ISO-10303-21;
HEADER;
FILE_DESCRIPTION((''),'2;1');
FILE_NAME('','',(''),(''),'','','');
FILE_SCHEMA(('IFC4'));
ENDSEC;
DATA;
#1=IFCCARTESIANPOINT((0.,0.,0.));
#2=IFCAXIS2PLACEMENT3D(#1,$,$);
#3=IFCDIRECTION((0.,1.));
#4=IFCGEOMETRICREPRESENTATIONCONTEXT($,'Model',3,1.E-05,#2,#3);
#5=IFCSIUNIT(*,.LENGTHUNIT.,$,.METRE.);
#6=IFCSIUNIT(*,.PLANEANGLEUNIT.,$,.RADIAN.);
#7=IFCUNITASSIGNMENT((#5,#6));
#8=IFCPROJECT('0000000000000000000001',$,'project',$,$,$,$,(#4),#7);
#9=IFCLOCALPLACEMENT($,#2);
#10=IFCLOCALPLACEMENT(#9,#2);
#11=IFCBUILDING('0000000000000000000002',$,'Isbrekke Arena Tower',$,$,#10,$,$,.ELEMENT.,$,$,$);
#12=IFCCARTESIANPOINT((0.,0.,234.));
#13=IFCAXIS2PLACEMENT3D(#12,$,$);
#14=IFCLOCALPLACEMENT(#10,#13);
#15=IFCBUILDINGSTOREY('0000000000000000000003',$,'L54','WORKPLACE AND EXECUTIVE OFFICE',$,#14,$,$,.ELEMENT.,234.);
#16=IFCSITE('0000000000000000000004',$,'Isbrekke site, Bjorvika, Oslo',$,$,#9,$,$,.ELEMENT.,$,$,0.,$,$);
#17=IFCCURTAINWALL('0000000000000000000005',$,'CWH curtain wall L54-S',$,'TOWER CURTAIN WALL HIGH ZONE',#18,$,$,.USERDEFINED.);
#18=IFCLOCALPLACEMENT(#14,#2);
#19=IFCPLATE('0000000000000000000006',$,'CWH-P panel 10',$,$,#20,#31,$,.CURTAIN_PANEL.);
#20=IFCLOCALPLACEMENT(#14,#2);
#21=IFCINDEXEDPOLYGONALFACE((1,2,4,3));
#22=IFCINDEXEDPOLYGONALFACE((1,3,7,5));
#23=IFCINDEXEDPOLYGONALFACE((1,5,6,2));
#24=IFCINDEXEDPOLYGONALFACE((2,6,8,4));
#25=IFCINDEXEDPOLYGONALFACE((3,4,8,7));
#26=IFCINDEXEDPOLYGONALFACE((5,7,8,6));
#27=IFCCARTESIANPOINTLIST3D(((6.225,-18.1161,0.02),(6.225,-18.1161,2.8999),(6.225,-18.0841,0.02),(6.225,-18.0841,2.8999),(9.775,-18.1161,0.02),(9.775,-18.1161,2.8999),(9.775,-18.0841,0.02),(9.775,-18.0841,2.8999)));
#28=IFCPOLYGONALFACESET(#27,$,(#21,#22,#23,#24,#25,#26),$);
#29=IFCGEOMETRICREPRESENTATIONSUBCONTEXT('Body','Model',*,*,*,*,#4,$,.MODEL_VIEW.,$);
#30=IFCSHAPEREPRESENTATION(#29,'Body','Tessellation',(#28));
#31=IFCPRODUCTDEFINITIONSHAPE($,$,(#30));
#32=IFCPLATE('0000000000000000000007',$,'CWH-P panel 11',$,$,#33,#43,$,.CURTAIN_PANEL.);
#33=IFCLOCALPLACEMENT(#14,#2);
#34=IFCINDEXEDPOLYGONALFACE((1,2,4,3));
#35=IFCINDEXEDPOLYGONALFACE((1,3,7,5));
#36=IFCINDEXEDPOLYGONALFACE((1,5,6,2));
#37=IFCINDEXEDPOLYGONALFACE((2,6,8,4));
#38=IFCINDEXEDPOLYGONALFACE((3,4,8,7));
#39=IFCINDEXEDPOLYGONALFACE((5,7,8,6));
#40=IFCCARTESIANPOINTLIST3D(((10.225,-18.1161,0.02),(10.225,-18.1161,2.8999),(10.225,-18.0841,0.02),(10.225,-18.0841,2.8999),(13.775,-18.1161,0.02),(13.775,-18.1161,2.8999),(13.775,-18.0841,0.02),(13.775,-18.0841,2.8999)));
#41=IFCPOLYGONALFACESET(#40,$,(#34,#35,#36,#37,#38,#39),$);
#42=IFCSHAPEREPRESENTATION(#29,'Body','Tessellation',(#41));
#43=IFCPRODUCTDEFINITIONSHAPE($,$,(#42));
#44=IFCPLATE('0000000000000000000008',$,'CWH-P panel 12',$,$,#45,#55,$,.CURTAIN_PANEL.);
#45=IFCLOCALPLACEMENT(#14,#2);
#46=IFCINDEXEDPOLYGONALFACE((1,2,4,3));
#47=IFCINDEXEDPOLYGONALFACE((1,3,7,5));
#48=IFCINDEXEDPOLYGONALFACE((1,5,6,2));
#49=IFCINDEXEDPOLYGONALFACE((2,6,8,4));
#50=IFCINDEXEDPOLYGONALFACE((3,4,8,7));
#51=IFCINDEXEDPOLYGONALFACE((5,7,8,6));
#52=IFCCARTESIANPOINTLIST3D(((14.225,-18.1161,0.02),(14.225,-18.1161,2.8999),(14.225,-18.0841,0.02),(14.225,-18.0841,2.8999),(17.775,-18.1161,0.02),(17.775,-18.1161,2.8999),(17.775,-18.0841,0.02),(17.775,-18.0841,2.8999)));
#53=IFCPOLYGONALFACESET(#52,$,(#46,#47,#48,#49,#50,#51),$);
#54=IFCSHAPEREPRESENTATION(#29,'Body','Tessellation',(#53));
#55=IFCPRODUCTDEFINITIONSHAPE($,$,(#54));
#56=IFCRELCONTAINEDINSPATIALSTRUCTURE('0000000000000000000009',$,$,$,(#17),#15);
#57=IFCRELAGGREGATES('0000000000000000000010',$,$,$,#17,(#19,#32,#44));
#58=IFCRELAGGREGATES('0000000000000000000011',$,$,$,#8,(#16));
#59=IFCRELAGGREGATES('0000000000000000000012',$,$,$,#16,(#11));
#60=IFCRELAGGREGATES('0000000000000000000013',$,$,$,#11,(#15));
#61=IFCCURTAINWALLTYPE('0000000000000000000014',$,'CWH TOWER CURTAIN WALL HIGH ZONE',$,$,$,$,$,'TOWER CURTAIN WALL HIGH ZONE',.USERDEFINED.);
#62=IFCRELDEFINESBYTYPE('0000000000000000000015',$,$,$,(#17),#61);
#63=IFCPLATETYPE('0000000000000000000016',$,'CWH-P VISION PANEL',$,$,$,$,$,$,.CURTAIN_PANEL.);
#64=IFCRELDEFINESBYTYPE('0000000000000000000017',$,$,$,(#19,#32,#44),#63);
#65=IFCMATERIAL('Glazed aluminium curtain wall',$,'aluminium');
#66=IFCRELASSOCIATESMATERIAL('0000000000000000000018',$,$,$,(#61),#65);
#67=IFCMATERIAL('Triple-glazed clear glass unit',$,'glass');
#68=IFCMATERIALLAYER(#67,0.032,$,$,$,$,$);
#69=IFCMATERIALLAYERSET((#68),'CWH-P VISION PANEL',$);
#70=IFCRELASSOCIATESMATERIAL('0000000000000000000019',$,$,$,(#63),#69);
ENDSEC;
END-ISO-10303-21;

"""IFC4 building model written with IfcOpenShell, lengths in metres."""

from ifc_helpers import new_model, si_unit, direction, frame, origin, origin_2d, place, context, subcontext, project, spatial, rectangle, extrude, material, layer, layer_set, type_object, element, aggregate, save


model = new_model("IFC4")

# Units and contexts
model_context = context("Model", 3, precision=1e-05, world=origin(), true_north=direction((0.0, 1.0)))
body_context = subcontext(model_context, "Body", "Model", "MODEL_VIEW")
ifc_project = project(units=[si_unit("LENGTHUNIT", "METRE"), si_unit("PLANEANGLEUNIT", "RADIAN")], contexts=[model_context])

# Site, building, storey
site_placement = place(None, origin())
site = spatial("IfcSite", under=ifc_project, at=site_placement, Name="Isbrekke site, Bjorvika, Oslo", CompositionType="ELEMENT", RefElevation=0.0)
building_placement = place(site_placement, origin())
building = spatial("IfcBuilding", under=site, at=building_placement, Name="Isbrekke Arena Tower", CompositionType="ELEMENT")
storey_placement = place(building_placement, frame((0.0, 0.0, 234.0)))
storey = spatial("IfcBuildingStorey", under=building, at=storey_placement, Name="L54", Description="WORKPLACE AND EXECUTIVE OFFICE", CompositionType="ELEMENT", Elevation=234.0)

# Curtain wall
ifc_material_1 = material(Name="Glazed aluminium curtain wall", Category="aluminium")
curtain_wall_type = type_object("IfcCurtainWallType", Name="CWH TOWER CURTAIN WALL HIGH ZONE", ElementType="TOWER CURTAIN WALL HIGH ZONE", PredefinedType="USERDEFINED", material=ifc_material_1)
curtain_wall_placement = place(storey_placement, origin())
curtain_wall = element("IfcCurtainWall", 1, at=curtain_wall_placement, inside=storey, type_object=curtain_wall_type, Name="CWH curtain wall L54-S", ObjectType="TOWER CURTAIN WALL HIGH ZONE", PredefinedType="USERDEFINED")

# Plates
ifc_material_2 = material(Name="Triple-glazed clear glass unit", Category="glass")
ifc_layer = layer(ifc_material_2, 0.032)
ifc_layer_set = layer_set([ifc_layer], Name="CWH-P VISION PANEL")
plate_type = type_object("IfcPlateType", Name="CWH-P VISION PANEL", PredefinedType="CURTAIN_PANEL", material=ifc_layer_set)
plate_1_placement = place(storey_placement, frame((8.0, -18.1001, 0.02), z_axis=(0.0, 0.0, 1.0), x_axis=(1.0, 0.0, 0.0)))
plate_1 = element("IfcPlate", 2, at=plate_1_placement, type_object=plate_type, Name="CWH-P panel 10", PredefinedType="CURTAIN_PANEL", context=body_context, shape_type="SweptSolid", body=[
    extrude(rectangle(XDim=3.55, YDim=0.032, at=origin_2d()), origin(), (0.0, 0.0, 1.0), 2.8799),
])
plate_2_placement = place(storey_placement, frame((12.0, -18.1001, 0.02), z_axis=(0.0, 0.0, 1.0), x_axis=(1.0, 0.0, 0.0)))
plate_2 = element("IfcPlate", 3, at=plate_2_placement, type_object=plate_type, Name="CWH-P panel 11", PredefinedType="CURTAIN_PANEL", context=body_context, shape_type="SweptSolid", body=[
    extrude(rectangle(XDim=3.55, YDim=0.032, at=origin_2d()), origin(), (0.0, 0.0, 1.0), 2.8799),
])
plate_3_placement = place(storey_placement, frame((16.0, -18.1001, 0.02), z_axis=(0.0, 0.0, 1.0), x_axis=(1.0, 0.0, 0.0)))
plate_3 = element("IfcPlate", 4, at=plate_3_placement, type_object=plate_type, Name="CWH-P panel 12", PredefinedType="CURTAIN_PANEL", context=body_context, shape_type="SweptSolid", body=[
    extrude(rectangle(XDim=3.55, YDim=0.032, at=origin_2d()), origin(), (0.0, 0.0, 1.0), 2.8799),
])
aggregate(curtain_wall, [plate_1, plate_2, plate_3])

save(model, "model.ifc")
